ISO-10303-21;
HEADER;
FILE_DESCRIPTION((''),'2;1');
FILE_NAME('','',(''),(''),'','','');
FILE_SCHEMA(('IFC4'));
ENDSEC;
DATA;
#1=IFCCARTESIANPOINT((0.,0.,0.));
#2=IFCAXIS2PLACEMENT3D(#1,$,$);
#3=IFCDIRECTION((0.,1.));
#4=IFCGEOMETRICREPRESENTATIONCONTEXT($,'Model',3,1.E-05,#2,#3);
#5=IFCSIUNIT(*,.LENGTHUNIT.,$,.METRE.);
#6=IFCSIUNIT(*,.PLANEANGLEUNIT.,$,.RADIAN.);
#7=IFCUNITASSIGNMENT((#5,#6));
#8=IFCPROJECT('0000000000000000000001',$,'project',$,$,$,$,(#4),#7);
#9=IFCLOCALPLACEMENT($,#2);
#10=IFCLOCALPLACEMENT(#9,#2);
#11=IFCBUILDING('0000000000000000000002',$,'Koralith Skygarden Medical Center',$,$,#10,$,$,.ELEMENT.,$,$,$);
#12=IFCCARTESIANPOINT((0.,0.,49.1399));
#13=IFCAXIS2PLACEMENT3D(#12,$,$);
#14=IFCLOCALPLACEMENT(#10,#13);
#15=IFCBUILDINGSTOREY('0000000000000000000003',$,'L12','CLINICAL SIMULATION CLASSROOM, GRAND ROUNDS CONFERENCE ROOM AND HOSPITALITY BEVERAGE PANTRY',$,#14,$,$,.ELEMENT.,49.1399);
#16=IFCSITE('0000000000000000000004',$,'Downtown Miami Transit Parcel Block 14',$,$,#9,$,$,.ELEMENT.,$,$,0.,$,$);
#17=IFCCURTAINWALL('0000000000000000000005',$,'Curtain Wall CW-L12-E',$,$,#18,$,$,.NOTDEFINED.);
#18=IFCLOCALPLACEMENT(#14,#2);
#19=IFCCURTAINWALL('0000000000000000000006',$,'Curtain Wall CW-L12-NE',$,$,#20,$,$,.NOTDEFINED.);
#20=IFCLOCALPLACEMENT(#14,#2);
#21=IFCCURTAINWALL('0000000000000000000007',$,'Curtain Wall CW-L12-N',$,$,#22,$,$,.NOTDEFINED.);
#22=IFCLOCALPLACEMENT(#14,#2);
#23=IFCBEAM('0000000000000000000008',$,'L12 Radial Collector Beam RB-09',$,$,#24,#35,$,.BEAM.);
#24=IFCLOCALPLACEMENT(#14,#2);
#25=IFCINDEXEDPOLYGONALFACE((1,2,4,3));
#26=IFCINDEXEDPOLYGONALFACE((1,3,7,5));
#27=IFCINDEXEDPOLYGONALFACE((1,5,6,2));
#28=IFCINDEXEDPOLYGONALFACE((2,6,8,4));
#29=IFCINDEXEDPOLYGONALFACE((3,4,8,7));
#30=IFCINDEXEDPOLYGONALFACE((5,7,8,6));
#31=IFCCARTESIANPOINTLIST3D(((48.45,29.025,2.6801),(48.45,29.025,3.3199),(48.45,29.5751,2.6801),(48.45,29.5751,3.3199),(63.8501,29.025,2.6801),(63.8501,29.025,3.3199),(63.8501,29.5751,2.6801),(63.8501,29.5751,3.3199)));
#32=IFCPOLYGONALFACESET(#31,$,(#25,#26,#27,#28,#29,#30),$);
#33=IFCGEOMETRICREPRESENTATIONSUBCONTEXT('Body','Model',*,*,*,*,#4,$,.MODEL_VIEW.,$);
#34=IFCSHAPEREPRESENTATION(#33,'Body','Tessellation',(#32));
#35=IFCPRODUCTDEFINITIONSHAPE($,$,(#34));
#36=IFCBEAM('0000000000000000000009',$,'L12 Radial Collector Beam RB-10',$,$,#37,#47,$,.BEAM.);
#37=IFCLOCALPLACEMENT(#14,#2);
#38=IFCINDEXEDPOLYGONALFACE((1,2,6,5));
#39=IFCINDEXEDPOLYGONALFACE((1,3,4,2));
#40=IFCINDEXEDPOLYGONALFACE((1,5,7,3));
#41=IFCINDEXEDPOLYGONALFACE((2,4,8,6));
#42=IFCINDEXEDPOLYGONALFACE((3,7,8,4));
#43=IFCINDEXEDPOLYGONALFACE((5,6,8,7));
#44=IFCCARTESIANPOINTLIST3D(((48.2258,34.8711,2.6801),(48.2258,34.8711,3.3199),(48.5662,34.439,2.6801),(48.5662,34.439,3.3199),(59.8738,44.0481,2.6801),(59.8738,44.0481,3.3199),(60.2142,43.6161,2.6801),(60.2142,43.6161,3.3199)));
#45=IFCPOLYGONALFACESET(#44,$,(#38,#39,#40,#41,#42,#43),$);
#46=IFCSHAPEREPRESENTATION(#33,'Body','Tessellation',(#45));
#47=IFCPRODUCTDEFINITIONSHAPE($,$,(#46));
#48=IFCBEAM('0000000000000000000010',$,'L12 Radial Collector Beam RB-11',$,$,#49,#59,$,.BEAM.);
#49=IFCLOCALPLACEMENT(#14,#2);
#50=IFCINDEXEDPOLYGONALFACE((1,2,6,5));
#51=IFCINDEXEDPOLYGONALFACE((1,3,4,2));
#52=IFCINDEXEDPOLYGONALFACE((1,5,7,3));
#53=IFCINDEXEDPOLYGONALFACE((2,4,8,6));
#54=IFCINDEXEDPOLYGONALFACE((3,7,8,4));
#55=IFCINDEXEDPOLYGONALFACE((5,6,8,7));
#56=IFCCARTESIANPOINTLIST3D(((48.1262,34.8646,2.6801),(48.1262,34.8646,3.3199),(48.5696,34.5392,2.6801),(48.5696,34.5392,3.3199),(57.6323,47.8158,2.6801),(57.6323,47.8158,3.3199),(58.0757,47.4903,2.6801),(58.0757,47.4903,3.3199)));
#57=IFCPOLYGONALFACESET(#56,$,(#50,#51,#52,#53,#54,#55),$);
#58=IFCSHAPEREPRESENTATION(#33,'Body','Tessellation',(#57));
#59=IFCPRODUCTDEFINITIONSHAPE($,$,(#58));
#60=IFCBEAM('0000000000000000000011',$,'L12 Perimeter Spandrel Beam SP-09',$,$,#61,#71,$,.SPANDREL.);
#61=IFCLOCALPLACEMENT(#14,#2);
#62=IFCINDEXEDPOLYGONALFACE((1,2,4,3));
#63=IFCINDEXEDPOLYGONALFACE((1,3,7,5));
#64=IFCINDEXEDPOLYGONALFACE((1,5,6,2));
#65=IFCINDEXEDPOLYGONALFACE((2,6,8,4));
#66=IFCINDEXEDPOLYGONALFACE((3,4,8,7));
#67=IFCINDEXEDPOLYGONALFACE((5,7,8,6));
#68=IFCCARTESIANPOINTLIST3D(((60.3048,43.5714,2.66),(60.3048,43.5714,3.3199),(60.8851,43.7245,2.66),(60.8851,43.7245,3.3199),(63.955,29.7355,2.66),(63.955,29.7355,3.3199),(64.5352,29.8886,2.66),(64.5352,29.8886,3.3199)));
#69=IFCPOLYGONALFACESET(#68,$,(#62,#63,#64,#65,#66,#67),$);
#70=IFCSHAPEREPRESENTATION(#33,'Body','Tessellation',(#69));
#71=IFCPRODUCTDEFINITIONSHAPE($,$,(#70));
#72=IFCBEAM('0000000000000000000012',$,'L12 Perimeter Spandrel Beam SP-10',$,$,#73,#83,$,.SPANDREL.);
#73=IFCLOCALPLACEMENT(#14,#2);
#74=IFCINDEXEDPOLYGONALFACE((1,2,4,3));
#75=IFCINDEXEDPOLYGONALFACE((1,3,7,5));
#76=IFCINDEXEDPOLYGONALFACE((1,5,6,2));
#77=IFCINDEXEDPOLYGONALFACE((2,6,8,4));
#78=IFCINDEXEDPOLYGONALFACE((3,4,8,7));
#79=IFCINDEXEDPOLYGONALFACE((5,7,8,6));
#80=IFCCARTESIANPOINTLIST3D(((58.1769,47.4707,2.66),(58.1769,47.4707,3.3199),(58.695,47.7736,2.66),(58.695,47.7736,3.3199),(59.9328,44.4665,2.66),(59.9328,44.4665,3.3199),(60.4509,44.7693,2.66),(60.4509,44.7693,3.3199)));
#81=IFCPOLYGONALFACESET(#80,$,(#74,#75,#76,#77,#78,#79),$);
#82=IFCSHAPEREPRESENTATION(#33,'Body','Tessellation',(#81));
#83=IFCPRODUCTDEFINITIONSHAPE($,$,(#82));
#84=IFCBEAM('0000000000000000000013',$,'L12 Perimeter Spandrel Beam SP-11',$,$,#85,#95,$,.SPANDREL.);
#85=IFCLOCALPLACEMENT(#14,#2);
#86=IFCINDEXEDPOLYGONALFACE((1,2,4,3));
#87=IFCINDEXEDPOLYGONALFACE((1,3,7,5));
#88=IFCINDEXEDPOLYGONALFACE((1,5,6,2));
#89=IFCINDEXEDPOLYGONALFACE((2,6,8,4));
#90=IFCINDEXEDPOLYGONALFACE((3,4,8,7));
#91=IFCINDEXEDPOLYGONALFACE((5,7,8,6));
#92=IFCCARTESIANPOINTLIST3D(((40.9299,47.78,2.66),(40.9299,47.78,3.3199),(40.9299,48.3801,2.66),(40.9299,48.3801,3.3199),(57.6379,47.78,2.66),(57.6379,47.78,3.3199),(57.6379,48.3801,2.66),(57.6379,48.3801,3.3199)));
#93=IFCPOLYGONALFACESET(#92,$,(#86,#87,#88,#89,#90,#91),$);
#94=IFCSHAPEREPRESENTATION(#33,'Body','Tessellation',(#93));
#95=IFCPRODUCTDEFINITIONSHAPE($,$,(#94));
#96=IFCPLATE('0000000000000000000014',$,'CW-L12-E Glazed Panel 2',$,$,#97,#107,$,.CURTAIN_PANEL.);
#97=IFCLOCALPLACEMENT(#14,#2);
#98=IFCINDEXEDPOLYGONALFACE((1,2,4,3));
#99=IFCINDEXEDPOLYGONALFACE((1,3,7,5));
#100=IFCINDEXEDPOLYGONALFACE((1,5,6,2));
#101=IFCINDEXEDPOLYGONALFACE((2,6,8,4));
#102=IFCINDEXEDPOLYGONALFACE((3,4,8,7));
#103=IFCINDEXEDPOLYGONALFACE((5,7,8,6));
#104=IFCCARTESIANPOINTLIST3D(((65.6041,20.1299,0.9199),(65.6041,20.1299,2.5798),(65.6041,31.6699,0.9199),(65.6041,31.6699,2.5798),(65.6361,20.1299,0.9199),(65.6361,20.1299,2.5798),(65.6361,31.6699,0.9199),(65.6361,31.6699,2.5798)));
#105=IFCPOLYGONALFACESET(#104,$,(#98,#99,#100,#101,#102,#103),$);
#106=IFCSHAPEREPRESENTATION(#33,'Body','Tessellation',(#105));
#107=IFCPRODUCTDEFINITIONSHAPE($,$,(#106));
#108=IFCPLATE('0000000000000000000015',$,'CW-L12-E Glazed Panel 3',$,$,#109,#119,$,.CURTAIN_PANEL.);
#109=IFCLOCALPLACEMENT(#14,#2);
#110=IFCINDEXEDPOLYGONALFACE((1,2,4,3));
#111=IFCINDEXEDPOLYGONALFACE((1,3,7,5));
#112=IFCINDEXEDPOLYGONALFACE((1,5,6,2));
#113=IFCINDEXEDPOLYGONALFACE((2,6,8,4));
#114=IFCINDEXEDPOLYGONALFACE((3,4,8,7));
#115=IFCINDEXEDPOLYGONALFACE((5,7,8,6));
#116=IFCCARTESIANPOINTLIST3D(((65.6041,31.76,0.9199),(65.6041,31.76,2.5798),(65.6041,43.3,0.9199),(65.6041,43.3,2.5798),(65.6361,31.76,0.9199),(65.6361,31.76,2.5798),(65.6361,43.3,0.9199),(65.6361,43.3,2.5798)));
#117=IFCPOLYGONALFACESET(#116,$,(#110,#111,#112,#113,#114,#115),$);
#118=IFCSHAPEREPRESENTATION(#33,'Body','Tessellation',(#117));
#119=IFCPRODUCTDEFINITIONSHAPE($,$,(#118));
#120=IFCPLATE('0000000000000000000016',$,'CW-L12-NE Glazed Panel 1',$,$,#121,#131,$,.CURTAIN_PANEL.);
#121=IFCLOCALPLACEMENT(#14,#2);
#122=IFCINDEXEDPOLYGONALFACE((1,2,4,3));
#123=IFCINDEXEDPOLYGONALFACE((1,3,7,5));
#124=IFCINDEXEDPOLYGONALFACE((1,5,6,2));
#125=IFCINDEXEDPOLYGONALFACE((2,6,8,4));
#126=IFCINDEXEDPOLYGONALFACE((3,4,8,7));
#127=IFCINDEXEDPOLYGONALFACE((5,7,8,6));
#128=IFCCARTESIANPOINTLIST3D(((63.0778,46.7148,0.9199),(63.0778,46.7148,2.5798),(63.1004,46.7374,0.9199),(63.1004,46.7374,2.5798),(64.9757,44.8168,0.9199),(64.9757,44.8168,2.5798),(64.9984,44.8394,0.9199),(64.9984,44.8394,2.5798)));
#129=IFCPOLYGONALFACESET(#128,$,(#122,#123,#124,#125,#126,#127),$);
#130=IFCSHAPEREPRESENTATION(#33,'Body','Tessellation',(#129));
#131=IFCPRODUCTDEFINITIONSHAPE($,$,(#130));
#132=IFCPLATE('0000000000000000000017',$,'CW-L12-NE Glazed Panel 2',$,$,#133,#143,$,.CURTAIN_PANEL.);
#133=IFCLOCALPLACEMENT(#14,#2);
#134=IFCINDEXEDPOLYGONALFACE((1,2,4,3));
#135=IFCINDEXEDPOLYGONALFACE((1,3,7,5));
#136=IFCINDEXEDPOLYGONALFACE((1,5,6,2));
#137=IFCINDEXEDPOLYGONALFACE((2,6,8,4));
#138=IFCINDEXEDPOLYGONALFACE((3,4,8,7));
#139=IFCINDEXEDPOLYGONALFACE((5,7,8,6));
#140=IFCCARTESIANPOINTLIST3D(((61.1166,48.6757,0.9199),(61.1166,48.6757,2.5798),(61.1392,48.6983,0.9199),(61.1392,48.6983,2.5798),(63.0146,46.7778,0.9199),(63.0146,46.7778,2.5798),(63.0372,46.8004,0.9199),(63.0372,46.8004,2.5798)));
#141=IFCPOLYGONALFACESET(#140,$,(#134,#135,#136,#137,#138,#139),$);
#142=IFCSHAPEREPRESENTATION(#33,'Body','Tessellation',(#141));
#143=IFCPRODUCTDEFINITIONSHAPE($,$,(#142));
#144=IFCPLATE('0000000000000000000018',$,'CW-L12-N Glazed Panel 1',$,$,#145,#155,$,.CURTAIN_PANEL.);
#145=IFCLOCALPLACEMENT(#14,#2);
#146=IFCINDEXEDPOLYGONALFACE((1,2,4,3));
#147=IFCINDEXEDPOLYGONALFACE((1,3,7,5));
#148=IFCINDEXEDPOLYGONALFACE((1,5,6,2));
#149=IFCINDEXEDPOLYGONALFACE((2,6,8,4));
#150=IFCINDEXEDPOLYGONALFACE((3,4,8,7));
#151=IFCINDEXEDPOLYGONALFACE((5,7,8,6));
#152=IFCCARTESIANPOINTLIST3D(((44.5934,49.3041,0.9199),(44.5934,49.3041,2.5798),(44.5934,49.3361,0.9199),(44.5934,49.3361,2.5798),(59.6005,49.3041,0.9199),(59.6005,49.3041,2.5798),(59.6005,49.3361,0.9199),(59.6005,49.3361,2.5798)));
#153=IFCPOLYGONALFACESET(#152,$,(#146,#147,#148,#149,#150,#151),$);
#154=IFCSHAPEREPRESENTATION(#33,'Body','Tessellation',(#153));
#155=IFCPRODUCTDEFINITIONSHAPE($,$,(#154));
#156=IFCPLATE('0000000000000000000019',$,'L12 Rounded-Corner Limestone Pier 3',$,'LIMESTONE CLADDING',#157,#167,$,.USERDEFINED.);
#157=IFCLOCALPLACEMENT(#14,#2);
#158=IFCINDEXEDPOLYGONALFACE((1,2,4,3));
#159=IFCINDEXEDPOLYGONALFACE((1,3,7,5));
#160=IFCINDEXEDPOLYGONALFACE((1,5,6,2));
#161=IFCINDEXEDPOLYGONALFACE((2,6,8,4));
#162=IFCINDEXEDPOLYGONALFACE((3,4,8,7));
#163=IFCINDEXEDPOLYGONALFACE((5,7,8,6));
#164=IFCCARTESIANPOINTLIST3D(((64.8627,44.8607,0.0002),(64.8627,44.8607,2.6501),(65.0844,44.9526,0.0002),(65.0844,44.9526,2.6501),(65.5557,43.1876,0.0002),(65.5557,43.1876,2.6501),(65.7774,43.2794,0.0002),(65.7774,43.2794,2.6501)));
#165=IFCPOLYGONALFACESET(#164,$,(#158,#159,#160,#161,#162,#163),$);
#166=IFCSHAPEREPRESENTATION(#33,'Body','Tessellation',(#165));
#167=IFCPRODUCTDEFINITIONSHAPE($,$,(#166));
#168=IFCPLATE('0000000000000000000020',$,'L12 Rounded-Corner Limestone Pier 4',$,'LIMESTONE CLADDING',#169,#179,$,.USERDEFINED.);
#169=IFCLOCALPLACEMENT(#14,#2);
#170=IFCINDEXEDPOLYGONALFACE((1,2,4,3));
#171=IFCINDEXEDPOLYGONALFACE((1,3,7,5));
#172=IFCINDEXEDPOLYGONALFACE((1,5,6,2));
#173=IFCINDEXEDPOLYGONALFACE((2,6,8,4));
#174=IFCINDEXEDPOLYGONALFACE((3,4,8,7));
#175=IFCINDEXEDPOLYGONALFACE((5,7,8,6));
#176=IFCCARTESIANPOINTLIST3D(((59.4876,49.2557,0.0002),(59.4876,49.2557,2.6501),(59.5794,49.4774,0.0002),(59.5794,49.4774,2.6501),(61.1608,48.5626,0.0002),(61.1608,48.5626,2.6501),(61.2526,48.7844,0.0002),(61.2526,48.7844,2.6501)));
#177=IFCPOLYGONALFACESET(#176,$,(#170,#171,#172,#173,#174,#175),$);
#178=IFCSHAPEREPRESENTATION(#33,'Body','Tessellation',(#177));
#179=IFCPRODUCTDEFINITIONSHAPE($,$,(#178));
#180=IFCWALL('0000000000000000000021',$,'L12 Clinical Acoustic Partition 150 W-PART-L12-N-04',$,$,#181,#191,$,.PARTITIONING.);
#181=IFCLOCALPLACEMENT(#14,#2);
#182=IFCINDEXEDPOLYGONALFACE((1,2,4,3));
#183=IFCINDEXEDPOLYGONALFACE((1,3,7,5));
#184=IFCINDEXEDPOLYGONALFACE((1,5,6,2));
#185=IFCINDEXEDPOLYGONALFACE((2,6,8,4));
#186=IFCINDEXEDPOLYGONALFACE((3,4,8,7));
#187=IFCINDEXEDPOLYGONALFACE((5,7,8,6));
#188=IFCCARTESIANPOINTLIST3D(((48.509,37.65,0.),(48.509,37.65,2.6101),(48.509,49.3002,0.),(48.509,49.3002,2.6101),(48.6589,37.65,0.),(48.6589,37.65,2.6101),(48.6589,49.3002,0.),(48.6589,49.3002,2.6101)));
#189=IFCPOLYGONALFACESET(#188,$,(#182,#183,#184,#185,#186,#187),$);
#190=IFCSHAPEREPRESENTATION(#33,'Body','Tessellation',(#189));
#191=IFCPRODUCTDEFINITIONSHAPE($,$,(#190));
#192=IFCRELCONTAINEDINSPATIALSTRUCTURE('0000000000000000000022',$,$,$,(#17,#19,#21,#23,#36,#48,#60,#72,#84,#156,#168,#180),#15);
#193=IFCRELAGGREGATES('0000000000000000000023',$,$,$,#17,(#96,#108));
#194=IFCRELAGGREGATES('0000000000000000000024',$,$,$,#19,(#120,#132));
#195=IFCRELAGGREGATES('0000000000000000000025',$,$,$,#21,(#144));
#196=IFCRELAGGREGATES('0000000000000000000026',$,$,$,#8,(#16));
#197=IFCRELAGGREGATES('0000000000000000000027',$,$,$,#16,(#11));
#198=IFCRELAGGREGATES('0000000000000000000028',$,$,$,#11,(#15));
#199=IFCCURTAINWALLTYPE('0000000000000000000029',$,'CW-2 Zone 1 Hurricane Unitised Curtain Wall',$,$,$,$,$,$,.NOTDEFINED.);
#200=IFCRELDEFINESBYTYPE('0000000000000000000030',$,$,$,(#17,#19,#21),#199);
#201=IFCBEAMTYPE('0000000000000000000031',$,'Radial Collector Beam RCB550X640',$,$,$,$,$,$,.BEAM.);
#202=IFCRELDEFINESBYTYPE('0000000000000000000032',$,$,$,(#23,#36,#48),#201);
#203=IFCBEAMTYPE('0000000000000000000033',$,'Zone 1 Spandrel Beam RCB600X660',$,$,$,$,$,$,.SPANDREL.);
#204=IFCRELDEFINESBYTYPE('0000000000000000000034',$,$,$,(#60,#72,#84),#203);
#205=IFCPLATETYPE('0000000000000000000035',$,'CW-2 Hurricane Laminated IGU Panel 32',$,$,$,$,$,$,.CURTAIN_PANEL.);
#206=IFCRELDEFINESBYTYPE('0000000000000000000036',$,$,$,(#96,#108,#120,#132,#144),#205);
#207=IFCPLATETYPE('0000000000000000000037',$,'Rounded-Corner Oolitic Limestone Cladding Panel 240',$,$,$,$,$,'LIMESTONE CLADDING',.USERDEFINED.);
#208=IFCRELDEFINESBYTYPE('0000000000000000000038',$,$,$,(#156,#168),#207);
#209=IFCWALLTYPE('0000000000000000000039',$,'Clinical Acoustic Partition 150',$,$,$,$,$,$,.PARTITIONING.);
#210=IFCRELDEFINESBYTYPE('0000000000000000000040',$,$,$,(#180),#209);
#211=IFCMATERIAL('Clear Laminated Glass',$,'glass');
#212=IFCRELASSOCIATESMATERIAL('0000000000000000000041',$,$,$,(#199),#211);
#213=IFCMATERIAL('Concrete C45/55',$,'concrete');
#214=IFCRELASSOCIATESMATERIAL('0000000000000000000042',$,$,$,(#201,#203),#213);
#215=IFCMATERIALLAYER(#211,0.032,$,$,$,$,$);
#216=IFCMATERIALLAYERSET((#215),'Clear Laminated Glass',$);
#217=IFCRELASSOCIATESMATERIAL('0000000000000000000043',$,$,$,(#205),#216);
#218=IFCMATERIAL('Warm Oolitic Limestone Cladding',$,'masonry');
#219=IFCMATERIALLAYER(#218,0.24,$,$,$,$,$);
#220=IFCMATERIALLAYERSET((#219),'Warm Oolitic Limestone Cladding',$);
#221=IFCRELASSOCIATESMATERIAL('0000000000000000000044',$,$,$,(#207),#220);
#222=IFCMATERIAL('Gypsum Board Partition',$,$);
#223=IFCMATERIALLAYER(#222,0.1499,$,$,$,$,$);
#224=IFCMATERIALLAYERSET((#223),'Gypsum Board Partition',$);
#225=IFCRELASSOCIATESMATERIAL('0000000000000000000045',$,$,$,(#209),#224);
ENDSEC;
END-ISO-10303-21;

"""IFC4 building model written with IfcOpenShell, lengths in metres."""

from ifc_helpers import new_model, si_unit, direction, frame, frame_2d, origin, origin_2d, place, context, subcontext, project, spatial, rectangle, extrude, material, layer, layer_set, material_profile, profile_set, type_object, element, aggregate, save


model = new_model("IFC4")

# Units and contexts
model_context = context("Model", 3, precision=1e-05, world=origin(), true_north=direction((0.0, 1.0)))
body_context = subcontext(model_context, "Body", "Model", "MODEL_VIEW")
ifc_project = project(units=[si_unit("LENGTHUNIT", "METRE"), si_unit("PLANEANGLEUNIT", "RADIAN")], contexts=[model_context])

# Site, building, storey
site_placement = place(None, origin())
site = spatial("IfcSite", under=ifc_project, at=site_placement, Name="Downtown Miami Transit Parcel Block 14", CompositionType="ELEMENT", RefElevation=0.0)
building_placement = place(site_placement, origin())
building = spatial("IfcBuilding", under=site, at=building_placement, Name="Koralith Skygarden Medical Center", CompositionType="ELEMENT")
storey_placement = place(building_placement, frame((0.0, 0.0, 49.1399)))
storey = spatial("IfcBuildingStorey", under=building, at=storey_placement, Name="L12", Description="CLINICAL SIMULATION CLASSROOM, GRAND ROUNDS CONFERENCE ROOM AND HOSPITALITY BEVERAGE PANTRY", CompositionType="ELEMENT", Elevation=49.1399)

# Curtain walls
ifc_material_1 = material(Name="Clear Laminated Glass", Category="glass")
curtain_wall_type = type_object("IfcCurtainWallType", Name="CW-2 Zone 1 Hurricane Unitised Curtain Wall", PredefinedType="NOTDEFINED", material=ifc_material_1)
curtain_wall_1_placement = place(storey_placement, origin())
curtain_wall_1 = element("IfcCurtainWall", 1, at=curtain_wall_1_placement, inside=storey, type_object=curtain_wall_type, Name="Curtain Wall CW-L12-E", PredefinedType="NOTDEFINED")
curtain_wall_2_placement = place(storey_placement, origin())
curtain_wall_2 = element("IfcCurtainWall", 2, at=curtain_wall_2_placement, inside=storey, type_object=curtain_wall_type, Name="Curtain Wall CW-L12-NE", PredefinedType="NOTDEFINED")

# Curtain wall
curtain_wall_3_placement = place(storey_placement, origin())
curtain_wall_3 = element("IfcCurtainWall", 3, at=curtain_wall_3_placement, inside=storey, type_object=curtain_wall_type, Name="Curtain Wall CW-L12-N", PredefinedType="NOTDEFINED")

# Beams
ifc_material_2 = material(Name="Concrete C45/55", Category="concrete")
ifc_material_profile_1 = material_profile(ifc_material_2, rectangle(XDim=0.55, YDim=0.6399, at=origin_2d()), Name="RCB550X640")
ifc_profile_set_1 = profile_set([ifc_material_profile_1], Name="Concrete C45/55")
beam_type_1 = type_object("IfcBeamType", Name="Radial Collector Beam RCB550X640", PredefinedType="BEAM", material=ifc_profile_set_1)
beam_1_placement = place(storey_placement, frame((48.45, 29.3, 3.0), z_axis=(1.0, 0.0, 0.0), x_axis=(0.0, 1.0, 0.0)))
element("IfcBeam", 4, at=beam_1_placement, inside=storey, type_object=beam_type_1, Name="L12 Radial Collector Beam RB-09", PredefinedType="BEAM", context=body_context, shape_type="SweptSolid", body=[
    extrude(rectangle(XDim=0.55, YDim=0.6399, at=origin_2d()), origin(), (0.0, 0.0, 1.0), 15.4001),
])
beam_2_placement = place(storey_placement, frame((48.396, 34.655, 3.0), z_axis=(0.785497, 0.618865, 0.0), x_axis=(-0.618865, 0.785497, 0.0)))
element("IfcBeam", 5, at=beam_2_placement, inside=storey, type_object=beam_type_1, Name="L12 Radial Collector Beam RB-10", PredefinedType="BEAM", context=body_context, shape_type="SweptSolid", body=[
    extrude(rectangle(XDim=0.55, YDim=0.6399, at=origin_2d()), origin(), (0.0, 0.0, 1.0), 14.8289),
])
beam_3_placement = place(storey_placement, frame((48.3479, 34.7019, 3.0), z_axis=(0.591711, 0.80615, 0.0), x_axis=(-0.80615, 0.591711, 0.0)))
element("IfcBeam", 6, at=beam_3_placement, inside=storey, type_object=beam_type_1, Name="L12 Radial Collector Beam RB-11", PredefinedType="BEAM", context=body_context, shape_type="SweptSolid", body=[
    extrude(rectangle(XDim=0.55, YDim=0.6399, at=origin_2d()), origin(), (0.0, 0.0, 1.0), 16.0654),
])
ifc_material_profile_2 = material_profile(ifc_material_2, rectangle(XDim=0.6001, YDim=0.6599, at=origin_2d()), Name="RCB600X660")
ifc_profile_set_2 = profile_set([ifc_material_profile_2], Name="Concrete C45/55")
beam_type_2 = type_object("IfcBeamType", Name="Zone 1 Spandrel Beam RCB600X660", PredefinedType="SPANDREL", material=ifc_profile_set_2)
beam_4_placement = place(storey_placement, frame((64.2451, 29.812, 2.99), z_axis=(-0.255089, 0.966918, 0.0), x_axis=(-0.966918, -0.255089, 0.0)))
element("IfcBeam", 7, at=beam_4_placement, inside=storey, type_object=beam_type_2, Name="L12 Perimeter Spandrel Beam SP-09", PredefinedType="SPANDREL", context=body_context, shape_type="SweptSolid", body=[
    extrude(rectangle(XDim=0.6001, YDim=0.6599, at=origin_2d()), origin(), (0.0, 0.0, 1.0), 14.3093),
])
beam_5_placement = place(storey_placement, frame((60.1919, 44.6179, 2.99), z_axis=(-0.504608, 0.863349, 0.0), x_axis=(-0.863349, -0.504608, 0.0)))
element("IfcBeam", 8, at=beam_5_placement, inside=storey, type_object=beam_type_2, Name="L12 Perimeter Spandrel Beam SP-10", PredefinedType="SPANDREL", context=body_context, shape_type="SweptSolid", body=[
    extrude(rectangle(XDim=0.6001, YDim=0.6599, at=origin_2d()), origin(), (0.0, 0.0, 1.0), 3.4797),
])
beam_6_placement = place(storey_placement, frame((57.6379, 48.0801, 2.99), z_axis=(-1.0, 0.0, 0.0), x_axis=(0.0, -1.0, 0.0)))
element("IfcBeam", 9, at=beam_6_placement, inside=storey, type_object=beam_type_2, Name="L12 Perimeter Spandrel Beam SP-11", PredefinedType="SPANDREL", context=body_context, shape_type="SweptSolid", body=[
    extrude(rectangle(XDim=0.6001, YDim=0.6599, at=origin_2d()), origin(), (0.0, 0.0, 1.0), 16.708),
])

# Plates
ifc_layer_1 = layer(ifc_material_1, 0.032)
ifc_layer_set_1 = layer_set([ifc_layer_1], Name="Clear Laminated Glass")
plate_type_1 = type_object("IfcPlateType", Name="CW-2 Hurricane Laminated IGU Panel 32", PredefinedType="CURTAIN_PANEL", material=ifc_layer_set_1)
plate_1_placement = place(storey_placement, frame((65.6201, 25.8999, 0.9199), z_axis=(0.0, 0.0, 1.0), x_axis=(0.0, 1.0, 0.0)))
plate_1 = element("IfcPlate", 10, at=plate_1_placement, type_object=plate_type_1, Name="CW-L12-E Glazed Panel 2", PredefinedType="CURTAIN_PANEL", context=body_context, shape_type="SweptSolid", body=[
    extrude(rectangle(XDim=11.54, YDim=0.032, at=origin_2d()), origin(), (0.0, 0.0, 1.0), 1.6599),
])
plate_2_placement = place(storey_placement, frame((65.6201, 37.53, 0.9199), z_axis=(0.0, 0.0, 1.0), x_axis=(0.0, 1.0, 0.0)))
plate_2 = element("IfcPlate", 11, at=plate_2_placement, type_object=plate_type_1, Name="CW-L12-E Glazed Panel 3", PredefinedType="CURTAIN_PANEL", context=body_context, shape_type="SweptSolid", body=[
    extrude(rectangle(XDim=11.54, YDim=0.032, at=origin_2d()), origin(), (0.0, 0.0, 1.0), 1.6599),
])
aggregate(curtain_wall_1, [plate_1, plate_2])
plate_3_placement = place(storey_placement, frame((64.0381, 45.7771, 0.9199), z_axis=(0.0, 0.0, 1.0), x_axis=(-0.707107, 0.707107, 0.0)))
plate_3 = element("IfcPlate", 12, at=plate_3_placement, type_object=plate_type_1, Name="CW-L12-NE Glazed Panel 1", PredefinedType="CURTAIN_PANEL", context=body_context, shape_type="SweptSolid", body=[
    extrude(rectangle(XDim=2.6841, YDim=0.032, at=origin_2d()), origin(), (0.0, 0.0, 1.0), 1.6599),
])
plate_4_placement = place(storey_placement, frame((62.0769, 47.738, 0.9199), z_axis=(0.0, 0.0, 1.0), x_axis=(-0.707107, 0.707107, 0.0)))
plate_4 = element("IfcPlate", 13, at=plate_4_placement, type_object=plate_type_1, Name="CW-L12-NE Glazed Panel 2", PredefinedType="CURTAIN_PANEL", context=body_context, shape_type="SweptSolid", body=[
    extrude(rectangle(XDim=2.6841, YDim=0.032, at=origin_2d()), origin(), (0.0, 0.0, 1.0), 1.6599),
])
aggregate(curtain_wall_2, [plate_3, plate_4])
plate_5_placement = place(storey_placement, frame((52.0969, 49.3201, 0.9199), z_axis=(0.0, 0.0, 1.0), x_axis=(-1.0, 0.0, 0.0)))
plate_5 = element("IfcPlate", 14, at=plate_5_placement, type_object=plate_type_1, Name="CW-L12-N Glazed Panel 1", PredefinedType="CURTAIN_PANEL", context=body_context, shape_type="SweptSolid", body=[
    extrude(rectangle(XDim=15.0071, YDim=0.032, at=origin_2d()), origin(), (0.0, 0.0, 1.0), 1.6599),
])
aggregate(curtain_wall_3, [plate_5])

# Plates
ifc_material_3 = material(Name="Warm Oolitic Limestone Cladding", Category="masonry")
ifc_layer_2 = layer(ifc_material_3, 0.24)
ifc_layer_set_2 = layer_set([ifc_layer_2], Name="Warm Oolitic Limestone Cladding")
plate_type_2 = type_object("IfcPlateType", Name="Rounded-Corner Oolitic Limestone Cladding Panel 240", ElementType="LIMESTONE CLADDING", PredefinedType="USERDEFINED", material=ifc_layer_set_2)
for number, where, z_axis, x_axis, name in (
    (15, (65.3201, 44.0701, 0.0002), (0.0, 0.0, 1.0), (-0.382671, 0.923885, 0.0), "L12 Rounded-Corner Limestone Pier 3"),
    (16, (60.3701, 49.02, 0.0002), (0.0, 0.0, 1.0), (-0.923885, 0.382671, 0.0), "L12 Rounded-Corner Limestone Pier 4"),
):
    element("IfcPlate", number, at=place(storey_placement, frame(where, z_axis=z_axis, x_axis=x_axis)), inside=storey, type_object=plate_type_2, Name=name, ObjectType="LIMESTONE CLADDING", PredefinedType="USERDEFINED", context=body_context, shape_type="SweptSolid", body=[
        extrude(rectangle(XDim=1.811, YDim=0.24, at=origin_2d()), origin(), (0.0, 0.0, 1.0), 2.6499),
    ])

# Wall
ifc_material_4 = material(Name="Gypsum Board Partition")
ifc_layer_3 = layer(ifc_material_4, 0.1499)
ifc_layer_set_3 = layer_set([ifc_layer_3], Name="Gypsum Board Partition")
wall_type_1 = type_object("IfcWallType", Name="Clinical Acoustic Partition 150", PredefinedType="PARTITIONING", material=ifc_layer_set_3)
wall_1_placement = place(storey_placement, frame((48.584, 37.6499, 0.0), z_axis=(0.0, 0.0, 1.0), x_axis=(0.0, 1.0, 0.0)))
element("IfcWall", 17, at=wall_1_placement, inside=storey, type_object=wall_type_1, Name="L12 Clinical Acoustic Partition 150 W-PART-L12-N-04", PredefinedType="PARTITIONING", context=body_context, shape_type="SweptSolid", body=[
    extrude(rectangle(XDim=11.6501, YDim=0.1499, at=frame_2d((5.8252, 0.0))), origin(), (0.0, 0.0, 1.0), 2.6101),
])

save(model, "model.ifc")
